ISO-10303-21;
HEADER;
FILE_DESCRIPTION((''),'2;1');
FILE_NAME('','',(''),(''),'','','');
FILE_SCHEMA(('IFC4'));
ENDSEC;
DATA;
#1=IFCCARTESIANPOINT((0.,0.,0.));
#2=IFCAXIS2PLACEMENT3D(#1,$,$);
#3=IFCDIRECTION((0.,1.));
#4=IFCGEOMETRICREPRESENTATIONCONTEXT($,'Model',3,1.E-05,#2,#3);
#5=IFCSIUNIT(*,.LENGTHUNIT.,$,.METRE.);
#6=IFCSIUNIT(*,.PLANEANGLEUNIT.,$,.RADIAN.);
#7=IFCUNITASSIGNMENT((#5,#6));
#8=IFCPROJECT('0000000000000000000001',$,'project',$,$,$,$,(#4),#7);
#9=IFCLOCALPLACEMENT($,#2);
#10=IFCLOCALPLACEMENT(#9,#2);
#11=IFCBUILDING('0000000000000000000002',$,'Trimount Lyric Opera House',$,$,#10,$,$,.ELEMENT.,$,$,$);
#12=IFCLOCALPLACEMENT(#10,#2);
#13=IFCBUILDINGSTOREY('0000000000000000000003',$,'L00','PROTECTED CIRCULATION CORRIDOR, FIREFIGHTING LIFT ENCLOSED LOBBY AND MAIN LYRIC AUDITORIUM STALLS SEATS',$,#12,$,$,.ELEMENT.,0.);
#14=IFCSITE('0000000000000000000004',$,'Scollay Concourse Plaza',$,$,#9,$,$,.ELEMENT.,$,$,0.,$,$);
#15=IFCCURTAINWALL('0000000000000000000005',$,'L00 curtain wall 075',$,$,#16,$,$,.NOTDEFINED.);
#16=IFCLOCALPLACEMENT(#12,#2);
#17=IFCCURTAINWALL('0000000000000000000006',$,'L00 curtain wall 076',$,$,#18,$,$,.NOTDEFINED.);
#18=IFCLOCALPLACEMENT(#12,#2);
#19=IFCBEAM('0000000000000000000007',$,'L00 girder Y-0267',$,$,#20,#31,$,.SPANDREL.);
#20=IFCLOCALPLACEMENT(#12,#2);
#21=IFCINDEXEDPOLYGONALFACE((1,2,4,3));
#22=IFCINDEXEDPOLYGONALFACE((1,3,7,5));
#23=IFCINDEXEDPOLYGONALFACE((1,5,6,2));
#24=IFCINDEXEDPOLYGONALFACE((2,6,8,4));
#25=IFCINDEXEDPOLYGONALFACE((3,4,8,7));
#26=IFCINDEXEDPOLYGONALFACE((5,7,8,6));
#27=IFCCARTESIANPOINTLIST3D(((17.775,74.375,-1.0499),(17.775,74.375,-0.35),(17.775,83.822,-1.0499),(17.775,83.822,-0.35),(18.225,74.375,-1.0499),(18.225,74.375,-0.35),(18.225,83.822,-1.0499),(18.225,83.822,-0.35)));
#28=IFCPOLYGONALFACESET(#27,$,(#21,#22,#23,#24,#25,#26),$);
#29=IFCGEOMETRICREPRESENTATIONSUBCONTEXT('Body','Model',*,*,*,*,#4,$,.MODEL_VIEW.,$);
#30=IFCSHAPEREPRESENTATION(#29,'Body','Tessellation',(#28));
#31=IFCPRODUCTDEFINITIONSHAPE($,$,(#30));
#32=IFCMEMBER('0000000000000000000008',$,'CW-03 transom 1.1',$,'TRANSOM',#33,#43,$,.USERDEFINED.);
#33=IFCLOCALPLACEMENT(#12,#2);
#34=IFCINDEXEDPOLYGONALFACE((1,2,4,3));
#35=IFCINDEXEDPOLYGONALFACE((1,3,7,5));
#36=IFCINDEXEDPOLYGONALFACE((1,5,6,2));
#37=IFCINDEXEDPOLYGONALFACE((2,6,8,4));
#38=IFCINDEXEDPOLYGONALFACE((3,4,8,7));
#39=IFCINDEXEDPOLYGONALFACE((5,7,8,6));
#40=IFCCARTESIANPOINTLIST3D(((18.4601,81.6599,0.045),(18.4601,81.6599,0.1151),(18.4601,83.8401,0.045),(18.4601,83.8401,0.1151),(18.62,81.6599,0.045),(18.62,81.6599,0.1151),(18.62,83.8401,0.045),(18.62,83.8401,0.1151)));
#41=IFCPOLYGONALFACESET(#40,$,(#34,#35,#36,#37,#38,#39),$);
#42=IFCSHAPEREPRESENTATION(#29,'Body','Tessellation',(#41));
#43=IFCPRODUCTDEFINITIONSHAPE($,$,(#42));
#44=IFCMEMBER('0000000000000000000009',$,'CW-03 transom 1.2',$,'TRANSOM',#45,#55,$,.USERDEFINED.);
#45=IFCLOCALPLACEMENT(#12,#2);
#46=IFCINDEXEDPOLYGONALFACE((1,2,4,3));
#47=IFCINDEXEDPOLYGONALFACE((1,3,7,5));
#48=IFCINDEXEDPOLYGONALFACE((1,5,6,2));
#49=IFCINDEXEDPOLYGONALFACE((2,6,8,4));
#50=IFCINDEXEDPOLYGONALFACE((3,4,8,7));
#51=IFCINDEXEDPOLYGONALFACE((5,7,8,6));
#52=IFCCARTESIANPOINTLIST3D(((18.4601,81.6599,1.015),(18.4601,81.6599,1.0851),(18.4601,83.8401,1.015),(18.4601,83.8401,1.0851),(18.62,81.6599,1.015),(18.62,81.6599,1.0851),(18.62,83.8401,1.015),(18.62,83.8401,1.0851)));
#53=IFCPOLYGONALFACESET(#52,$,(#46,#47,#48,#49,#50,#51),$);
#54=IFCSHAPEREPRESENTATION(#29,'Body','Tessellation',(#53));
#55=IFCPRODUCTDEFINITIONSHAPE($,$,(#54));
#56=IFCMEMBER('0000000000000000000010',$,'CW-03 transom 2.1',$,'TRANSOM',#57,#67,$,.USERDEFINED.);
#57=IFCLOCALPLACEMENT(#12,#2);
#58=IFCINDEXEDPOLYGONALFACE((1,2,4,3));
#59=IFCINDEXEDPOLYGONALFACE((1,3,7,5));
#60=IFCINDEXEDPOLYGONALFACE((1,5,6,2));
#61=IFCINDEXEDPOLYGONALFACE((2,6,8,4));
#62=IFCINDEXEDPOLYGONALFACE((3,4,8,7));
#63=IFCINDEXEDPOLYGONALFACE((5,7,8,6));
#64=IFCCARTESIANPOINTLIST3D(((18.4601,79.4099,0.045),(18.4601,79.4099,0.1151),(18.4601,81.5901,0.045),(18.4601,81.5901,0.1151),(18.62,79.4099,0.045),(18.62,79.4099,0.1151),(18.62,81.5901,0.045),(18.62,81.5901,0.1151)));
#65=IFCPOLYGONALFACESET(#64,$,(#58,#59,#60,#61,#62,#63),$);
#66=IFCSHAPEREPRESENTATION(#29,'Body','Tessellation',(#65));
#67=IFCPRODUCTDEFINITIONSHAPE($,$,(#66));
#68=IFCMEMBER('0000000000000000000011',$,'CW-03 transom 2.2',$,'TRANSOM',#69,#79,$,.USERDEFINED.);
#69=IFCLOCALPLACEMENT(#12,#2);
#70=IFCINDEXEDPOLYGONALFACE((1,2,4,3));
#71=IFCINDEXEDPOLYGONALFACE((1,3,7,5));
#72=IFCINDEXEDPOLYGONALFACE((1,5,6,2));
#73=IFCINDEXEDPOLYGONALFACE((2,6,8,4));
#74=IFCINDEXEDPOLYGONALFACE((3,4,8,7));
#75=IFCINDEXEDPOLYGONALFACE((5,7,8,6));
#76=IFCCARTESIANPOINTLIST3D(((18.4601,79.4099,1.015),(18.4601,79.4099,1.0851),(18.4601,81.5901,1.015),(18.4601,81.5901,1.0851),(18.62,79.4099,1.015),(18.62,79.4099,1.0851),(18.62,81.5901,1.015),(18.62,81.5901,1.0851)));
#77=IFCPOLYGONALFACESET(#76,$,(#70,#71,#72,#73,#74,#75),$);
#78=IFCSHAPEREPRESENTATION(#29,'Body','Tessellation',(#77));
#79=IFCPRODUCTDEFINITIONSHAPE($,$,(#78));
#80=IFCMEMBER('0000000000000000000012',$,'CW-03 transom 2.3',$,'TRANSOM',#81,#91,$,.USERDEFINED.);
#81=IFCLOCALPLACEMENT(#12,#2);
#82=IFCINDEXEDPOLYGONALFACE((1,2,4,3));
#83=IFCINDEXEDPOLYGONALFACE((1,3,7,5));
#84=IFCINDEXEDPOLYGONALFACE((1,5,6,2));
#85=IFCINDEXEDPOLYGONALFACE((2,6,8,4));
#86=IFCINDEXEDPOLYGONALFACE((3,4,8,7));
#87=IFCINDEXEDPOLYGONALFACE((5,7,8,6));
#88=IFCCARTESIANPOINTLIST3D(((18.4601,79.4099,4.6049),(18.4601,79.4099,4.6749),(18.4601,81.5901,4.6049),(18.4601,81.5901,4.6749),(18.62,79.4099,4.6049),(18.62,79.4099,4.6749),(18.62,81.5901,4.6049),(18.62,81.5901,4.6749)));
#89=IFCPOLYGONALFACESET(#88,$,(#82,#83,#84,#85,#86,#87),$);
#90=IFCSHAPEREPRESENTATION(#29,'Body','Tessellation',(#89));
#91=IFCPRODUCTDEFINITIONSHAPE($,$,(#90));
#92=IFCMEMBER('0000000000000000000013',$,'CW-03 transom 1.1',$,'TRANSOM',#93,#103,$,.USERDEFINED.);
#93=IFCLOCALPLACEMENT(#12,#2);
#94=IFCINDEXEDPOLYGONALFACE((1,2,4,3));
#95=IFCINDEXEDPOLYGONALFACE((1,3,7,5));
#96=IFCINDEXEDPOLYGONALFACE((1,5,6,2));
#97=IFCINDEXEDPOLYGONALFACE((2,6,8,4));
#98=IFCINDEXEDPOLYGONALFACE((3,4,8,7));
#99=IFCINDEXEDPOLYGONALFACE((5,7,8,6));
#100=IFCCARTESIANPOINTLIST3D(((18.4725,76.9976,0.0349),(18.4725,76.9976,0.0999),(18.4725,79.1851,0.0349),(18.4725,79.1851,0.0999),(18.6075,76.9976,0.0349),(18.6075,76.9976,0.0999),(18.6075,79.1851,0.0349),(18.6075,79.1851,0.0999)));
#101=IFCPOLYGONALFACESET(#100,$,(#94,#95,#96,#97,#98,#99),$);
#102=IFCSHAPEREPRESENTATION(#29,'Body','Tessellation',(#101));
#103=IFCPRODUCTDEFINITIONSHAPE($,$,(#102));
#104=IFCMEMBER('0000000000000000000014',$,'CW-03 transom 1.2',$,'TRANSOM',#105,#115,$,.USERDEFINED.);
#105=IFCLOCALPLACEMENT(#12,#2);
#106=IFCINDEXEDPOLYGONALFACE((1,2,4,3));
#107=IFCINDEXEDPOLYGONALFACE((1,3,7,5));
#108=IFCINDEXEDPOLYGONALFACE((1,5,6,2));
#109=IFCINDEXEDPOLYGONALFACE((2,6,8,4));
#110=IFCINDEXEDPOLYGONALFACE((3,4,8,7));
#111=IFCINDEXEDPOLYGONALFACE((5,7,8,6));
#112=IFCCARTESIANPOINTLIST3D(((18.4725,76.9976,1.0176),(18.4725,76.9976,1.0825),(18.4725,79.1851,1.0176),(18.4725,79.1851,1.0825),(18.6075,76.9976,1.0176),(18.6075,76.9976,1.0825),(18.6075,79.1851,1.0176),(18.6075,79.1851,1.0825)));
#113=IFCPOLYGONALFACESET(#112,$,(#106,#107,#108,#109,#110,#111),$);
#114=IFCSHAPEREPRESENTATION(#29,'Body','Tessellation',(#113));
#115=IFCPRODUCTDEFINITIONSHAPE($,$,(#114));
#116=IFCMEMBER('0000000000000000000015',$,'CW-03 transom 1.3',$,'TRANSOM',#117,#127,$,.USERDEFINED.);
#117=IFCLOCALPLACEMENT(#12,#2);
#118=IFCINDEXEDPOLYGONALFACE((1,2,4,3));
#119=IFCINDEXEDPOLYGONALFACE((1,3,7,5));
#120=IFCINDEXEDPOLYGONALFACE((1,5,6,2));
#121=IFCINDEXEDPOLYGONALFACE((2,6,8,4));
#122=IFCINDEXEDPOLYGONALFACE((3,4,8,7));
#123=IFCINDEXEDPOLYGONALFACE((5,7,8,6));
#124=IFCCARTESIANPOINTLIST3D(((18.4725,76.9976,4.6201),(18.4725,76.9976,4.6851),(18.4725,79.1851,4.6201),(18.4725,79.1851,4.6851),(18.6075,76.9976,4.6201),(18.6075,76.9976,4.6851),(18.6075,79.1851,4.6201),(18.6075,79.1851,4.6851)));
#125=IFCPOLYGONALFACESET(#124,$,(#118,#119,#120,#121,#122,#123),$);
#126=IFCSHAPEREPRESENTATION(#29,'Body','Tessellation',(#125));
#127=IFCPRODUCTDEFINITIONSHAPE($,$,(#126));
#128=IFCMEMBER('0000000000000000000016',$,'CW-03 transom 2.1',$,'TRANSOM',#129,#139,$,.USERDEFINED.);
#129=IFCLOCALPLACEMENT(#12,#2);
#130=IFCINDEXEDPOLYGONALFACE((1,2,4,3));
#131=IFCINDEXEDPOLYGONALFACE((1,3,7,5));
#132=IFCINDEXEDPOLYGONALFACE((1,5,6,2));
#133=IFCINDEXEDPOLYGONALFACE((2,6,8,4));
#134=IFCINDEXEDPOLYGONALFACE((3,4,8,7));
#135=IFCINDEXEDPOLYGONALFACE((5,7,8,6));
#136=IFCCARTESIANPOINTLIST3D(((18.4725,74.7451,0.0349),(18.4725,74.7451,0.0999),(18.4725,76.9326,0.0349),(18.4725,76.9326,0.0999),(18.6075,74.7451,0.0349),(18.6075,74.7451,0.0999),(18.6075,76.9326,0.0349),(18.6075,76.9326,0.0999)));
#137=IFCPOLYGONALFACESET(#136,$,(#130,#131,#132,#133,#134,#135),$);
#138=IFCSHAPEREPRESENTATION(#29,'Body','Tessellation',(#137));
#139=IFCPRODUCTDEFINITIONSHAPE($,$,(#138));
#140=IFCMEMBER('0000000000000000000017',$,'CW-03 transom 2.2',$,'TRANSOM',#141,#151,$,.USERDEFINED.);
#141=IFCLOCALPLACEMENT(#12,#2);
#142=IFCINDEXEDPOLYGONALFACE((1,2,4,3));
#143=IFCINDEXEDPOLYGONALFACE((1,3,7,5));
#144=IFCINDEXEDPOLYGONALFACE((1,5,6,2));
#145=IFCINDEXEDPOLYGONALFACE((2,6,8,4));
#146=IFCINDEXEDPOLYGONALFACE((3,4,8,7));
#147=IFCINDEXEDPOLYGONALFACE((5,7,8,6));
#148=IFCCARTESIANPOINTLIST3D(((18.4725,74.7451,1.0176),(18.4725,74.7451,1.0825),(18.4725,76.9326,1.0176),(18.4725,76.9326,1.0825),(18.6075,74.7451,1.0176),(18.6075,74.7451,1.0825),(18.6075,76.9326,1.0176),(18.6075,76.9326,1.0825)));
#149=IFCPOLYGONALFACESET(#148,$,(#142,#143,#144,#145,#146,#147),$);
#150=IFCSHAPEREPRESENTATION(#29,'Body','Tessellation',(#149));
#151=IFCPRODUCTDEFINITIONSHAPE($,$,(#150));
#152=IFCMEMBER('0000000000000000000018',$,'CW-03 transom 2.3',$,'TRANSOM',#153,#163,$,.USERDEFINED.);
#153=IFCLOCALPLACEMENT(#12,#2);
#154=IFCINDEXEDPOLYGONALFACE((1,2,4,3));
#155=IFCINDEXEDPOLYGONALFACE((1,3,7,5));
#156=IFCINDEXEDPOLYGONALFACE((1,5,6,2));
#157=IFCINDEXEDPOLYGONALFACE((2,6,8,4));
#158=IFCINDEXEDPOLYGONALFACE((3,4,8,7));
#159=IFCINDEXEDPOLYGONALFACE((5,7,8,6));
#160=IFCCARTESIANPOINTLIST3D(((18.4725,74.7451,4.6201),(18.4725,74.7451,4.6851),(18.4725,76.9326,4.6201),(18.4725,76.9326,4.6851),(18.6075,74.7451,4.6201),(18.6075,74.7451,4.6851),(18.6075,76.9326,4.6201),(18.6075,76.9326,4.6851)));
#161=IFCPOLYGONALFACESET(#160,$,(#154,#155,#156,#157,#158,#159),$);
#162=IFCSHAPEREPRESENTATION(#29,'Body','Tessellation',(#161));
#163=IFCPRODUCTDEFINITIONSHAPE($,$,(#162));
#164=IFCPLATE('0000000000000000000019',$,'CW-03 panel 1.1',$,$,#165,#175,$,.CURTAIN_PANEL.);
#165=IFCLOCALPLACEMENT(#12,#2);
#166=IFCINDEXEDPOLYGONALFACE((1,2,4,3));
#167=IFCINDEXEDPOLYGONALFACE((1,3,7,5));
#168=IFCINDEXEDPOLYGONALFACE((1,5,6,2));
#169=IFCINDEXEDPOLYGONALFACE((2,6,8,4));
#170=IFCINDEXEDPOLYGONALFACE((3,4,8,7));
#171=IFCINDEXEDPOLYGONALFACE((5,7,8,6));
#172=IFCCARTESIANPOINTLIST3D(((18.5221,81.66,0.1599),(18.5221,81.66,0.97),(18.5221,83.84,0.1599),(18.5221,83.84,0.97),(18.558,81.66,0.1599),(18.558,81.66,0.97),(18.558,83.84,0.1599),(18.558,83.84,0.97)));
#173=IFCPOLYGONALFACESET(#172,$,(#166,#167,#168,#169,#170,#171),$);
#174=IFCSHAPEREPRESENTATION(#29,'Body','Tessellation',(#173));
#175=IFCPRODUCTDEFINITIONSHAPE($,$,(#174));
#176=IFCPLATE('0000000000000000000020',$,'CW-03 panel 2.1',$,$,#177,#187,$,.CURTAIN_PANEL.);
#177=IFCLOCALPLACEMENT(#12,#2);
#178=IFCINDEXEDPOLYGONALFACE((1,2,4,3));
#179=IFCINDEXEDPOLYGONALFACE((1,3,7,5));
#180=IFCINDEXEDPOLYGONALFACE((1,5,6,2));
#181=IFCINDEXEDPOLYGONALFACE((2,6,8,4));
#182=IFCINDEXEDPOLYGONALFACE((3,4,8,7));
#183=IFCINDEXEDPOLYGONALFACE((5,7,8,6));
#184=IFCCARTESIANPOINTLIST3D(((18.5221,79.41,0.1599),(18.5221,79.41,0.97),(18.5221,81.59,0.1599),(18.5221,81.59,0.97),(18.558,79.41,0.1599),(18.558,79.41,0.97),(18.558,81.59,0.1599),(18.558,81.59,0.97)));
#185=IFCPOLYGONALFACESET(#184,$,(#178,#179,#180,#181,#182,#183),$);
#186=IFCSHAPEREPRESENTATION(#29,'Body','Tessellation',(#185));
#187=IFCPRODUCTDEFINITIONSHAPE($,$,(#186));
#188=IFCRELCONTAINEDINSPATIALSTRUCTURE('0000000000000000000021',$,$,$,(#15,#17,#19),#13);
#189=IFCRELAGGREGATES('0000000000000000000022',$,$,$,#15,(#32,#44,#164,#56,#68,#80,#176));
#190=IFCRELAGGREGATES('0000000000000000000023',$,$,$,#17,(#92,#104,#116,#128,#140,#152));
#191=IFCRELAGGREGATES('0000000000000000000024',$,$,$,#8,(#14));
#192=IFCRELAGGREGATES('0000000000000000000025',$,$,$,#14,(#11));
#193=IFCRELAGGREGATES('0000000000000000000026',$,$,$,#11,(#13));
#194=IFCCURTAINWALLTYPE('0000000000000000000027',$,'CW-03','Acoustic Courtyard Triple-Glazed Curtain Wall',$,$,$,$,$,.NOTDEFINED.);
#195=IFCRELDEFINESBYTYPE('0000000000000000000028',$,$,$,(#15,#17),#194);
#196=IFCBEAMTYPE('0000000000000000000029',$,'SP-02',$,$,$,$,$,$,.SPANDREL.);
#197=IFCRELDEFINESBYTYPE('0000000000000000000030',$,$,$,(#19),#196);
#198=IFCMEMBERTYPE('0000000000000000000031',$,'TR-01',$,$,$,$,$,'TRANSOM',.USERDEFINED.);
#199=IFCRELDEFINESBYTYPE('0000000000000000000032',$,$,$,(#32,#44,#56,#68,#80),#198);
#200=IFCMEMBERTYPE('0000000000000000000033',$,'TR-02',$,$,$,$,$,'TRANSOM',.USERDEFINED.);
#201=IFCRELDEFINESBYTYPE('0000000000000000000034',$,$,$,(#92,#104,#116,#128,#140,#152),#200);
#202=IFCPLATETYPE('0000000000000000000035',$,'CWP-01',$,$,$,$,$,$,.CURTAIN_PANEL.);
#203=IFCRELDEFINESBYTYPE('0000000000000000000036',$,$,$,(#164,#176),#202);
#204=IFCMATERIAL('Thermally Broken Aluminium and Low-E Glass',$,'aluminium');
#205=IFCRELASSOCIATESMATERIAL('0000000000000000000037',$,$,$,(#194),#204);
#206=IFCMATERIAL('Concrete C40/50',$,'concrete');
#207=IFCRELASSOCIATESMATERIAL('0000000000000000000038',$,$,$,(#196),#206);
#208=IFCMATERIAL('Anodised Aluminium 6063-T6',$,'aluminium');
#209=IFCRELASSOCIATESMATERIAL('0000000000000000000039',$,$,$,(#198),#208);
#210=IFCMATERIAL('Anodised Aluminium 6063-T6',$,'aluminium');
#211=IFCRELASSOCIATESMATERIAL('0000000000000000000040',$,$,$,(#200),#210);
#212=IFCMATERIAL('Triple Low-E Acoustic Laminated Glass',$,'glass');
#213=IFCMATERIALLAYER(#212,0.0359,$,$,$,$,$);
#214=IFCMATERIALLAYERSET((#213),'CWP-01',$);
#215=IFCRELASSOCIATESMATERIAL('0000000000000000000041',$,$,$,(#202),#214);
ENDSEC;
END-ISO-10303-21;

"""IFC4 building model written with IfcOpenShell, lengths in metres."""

from ifc_helpers import new_model, si_unit, direction, frame, origin, origin_2d, place, context, subcontext, project, spatial, rectangle, extrude, material, layer, layer_set, material_profile, profile_set, type_object, element, aggregate, save


model = new_model("IFC4")

# Units and contexts
model_context = context("Model", 3, precision=1e-05, world=origin(), true_north=direction((0.0, 1.0)))
body_context = subcontext(model_context, "Body", "Model", "MODEL_VIEW")
ifc_project = project(units=[si_unit("LENGTHUNIT", "METRE"), si_unit("PLANEANGLEUNIT", "RADIAN")], contexts=[model_context])

# Site, building, storey
site_placement = place(None, origin())
site = spatial("IfcSite", under=ifc_project, at=site_placement, Name="Scollay Concourse Plaza", CompositionType="ELEMENT", RefElevation=0.0)
building_placement = place(site_placement, origin())
building = spatial("IfcBuilding", under=site, at=building_placement, Name="Trimount Lyric Opera House", CompositionType="ELEMENT")
storey_placement = place(building_placement, origin())
storey = spatial("IfcBuildingStorey", under=building, at=storey_placement, Name="L00", Description="PROTECTED CIRCULATION CORRIDOR, FIREFIGHTING LIFT ENCLOSED LOBBY AND MAIN LYRIC AUDITORIUM STALLS SEATS", CompositionType="ELEMENT", Elevation=0.0)

# Curtain walls
ifc_material_1 = material(Name="Thermally Broken Aluminium and Low-E Glass", Category="aluminium")
curtain_wall_type = type_object("IfcCurtainWallType", Name="CW-03", Description="Acoustic Courtyard Triple-Glazed Curtain Wall", PredefinedType="NOTDEFINED", material=ifc_material_1)
curtain_wall_1_placement = place(storey_placement, origin())
curtain_wall_1 = element("IfcCurtainWall", 1, at=curtain_wall_1_placement, inside=storey, type_object=curtain_wall_type, Name="L00 curtain wall 075", PredefinedType="NOTDEFINED")
curtain_wall_2_placement = place(storey_placement, origin())
curtain_wall_2 = element("IfcCurtainWall", 2, at=curtain_wall_2_placement, inside=storey, type_object=curtain_wall_type, Name="L00 curtain wall 076", PredefinedType="NOTDEFINED")

# Beam
ifc_material_2 = material(Name="Concrete C40/50", Category="concrete")
ifc_material_profile_1 = material_profile(ifc_material_2, rectangle(XDim=0.45, YDim=0.7, at=origin_2d()), Name="RC450X700")
ifc_profile_set_1 = profile_set([ifc_material_profile_1], Name="Concrete C40/50")
beam_type_1 = type_object("IfcBeamType", Name="SP-02", PredefinedType="SPANDREL", material=ifc_profile_set_1)
beam_1_placement = place(storey_placement, frame((18.0, 74.375, -0.7), z_axis=(0.0, 1.0, 0.0), x_axis=(-1.0, 0.0, 0.0)))
element("IfcBeam", 3, at=beam_1_placement, inside=storey, type_object=beam_type_1, Name="L00 girder Y-0267", PredefinedType="SPANDREL", context=body_context, shape_type="SweptSolid", body=[
    extrude(rectangle(XDim=0.45, YDim=0.7, at=origin_2d()), origin(), (0.0, 0.0, 1.0), 9.447),
])

# Members
ifc_material_3 = material(Name="Anodised Aluminium 6063-T6", Category="aluminium")
ifc_material_profile_2 = material_profile(ifc_material_3, rectangle(XDim=0.1599, YDim=0.0701, at=origin_2d()), Name="ALU-TRAN-70X160")
ifc_profile_set_2 = profile_set([ifc_material_profile_2], Name="Anodised Aluminium 6063-T6")
member_type_1 = type_object("IfcMemberType", Name="TR-01", ElementType="TRANSOM", PredefinedType="USERDEFINED", material=ifc_profile_set_2)
member_1_placement = place(storey_placement, frame((18.54, 83.8401, 0.0801), z_axis=(0.0, -1.0, 0.0), x_axis=(1.0, 0.0, 0.0)))
member_1 = element("IfcMember", 4, at=member_1_placement, type_object=member_type_1, Name="CW-03 transom 1.1", ObjectType="TRANSOM", PredefinedType="USERDEFINED", context=body_context, shape_type="SweptSolid", body=[
    extrude(rectangle(XDim=0.1599, YDim=0.0701, at=origin_2d()), origin(), (0.0, 0.0, 1.0), 2.1802),
])
member_2_placement = place(storey_placement, frame((18.54, 83.8401, 1.05), z_axis=(0.0, -1.0, 0.0), x_axis=(1.0, 0.0, 0.0)))
member_2 = element("IfcMember", 5, at=member_2_placement, type_object=member_type_1, Name="CW-03 transom 1.2", ObjectType="TRANSOM", PredefinedType="USERDEFINED", context=body_context, shape_type="SweptSolid", body=[
    extrude(rectangle(XDim=0.1599, YDim=0.0701, at=origin_2d()), origin(), (0.0, 0.0, 1.0), 2.1802),
])
member_3_placement = place(storey_placement, frame((18.54, 81.5901, 0.0801), z_axis=(0.0, -1.0, 0.0), x_axis=(1.0, 0.0, 0.0)))
member_3 = element("IfcMember", 6, at=member_3_placement, type_object=member_type_1, Name="CW-03 transom 2.1", ObjectType="TRANSOM", PredefinedType="USERDEFINED", context=body_context, shape_type="SweptSolid", body=[
    extrude(rectangle(XDim=0.1599, YDim=0.0701, at=origin_2d()), origin(), (0.0, 0.0, 1.0), 2.1802),
])
member_4_placement = place(storey_placement, frame((18.54, 81.5901, 1.05), z_axis=(0.0, -1.0, 0.0), x_axis=(1.0, 0.0, 0.0)))
member_4 = element("IfcMember", 7, at=member_4_placement, type_object=member_type_1, Name="CW-03 transom 2.2", ObjectType="TRANSOM", PredefinedType="USERDEFINED", context=body_context, shape_type="SweptSolid", body=[
    extrude(rectangle(XDim=0.1599, YDim=0.0701, at=origin_2d()), origin(), (0.0, 0.0, 1.0), 2.1802),
])
member_5_placement = place(storey_placement, frame((18.54, 81.5901, 4.6399), z_axis=(0.0, -1.0, 0.0), x_axis=(1.0, 0.0, 0.0)))
member_5 = element("IfcMember", 8, at=member_5_placement, type_object=member_type_1, Name="CW-03 transom 2.3", ObjectType="TRANSOM", PredefinedType="USERDEFINED", context=body_context, shape_type="SweptSolid", body=[
    extrude(rectangle(XDim=0.1599, YDim=0.0701, at=origin_2d()), origin(), (0.0, 0.0, 1.0), 2.1802),
])
ifc_material_4 = material(Name="Anodised Aluminium 6063-T6", Category="aluminium")
ifc_material_profile_3 = material_profile(ifc_material_4, rectangle(XDim=0.135, YDim=0.0649, at=origin_2d()), Name="ALU-TRAN-65X135")
ifc_profile_set_3 = profile_set([ifc_material_profile_3], Name="Anodised Aluminium 6063-T6")
member_type_2 = type_object("IfcMemberType", Name="TR-02", ElementType="TRANSOM", PredefinedType="USERDEFINED", material=ifc_profile_set_3)
member_6_placement = place(storey_placement, frame((18.54, 79.1851, 0.0674), z_axis=(0.0, -1.0, 0.0), x_axis=(1.0, 0.0, 0.0)))
member_6 = element("IfcMember", 9, at=member_6_placement, type_object=member_type_2, Name="CW-03 transom 1.1", ObjectType="TRANSOM", PredefinedType="USERDEFINED", context=body_context, shape_type="SweptSolid", body=[
    extrude(rectangle(XDim=0.135, YDim=0.0649, at=origin_2d()), origin(), (0.0, 0.0, 1.0), 2.1875),
])
member_7_placement = place(storey_placement, frame((18.54, 79.1851, 1.05), z_axis=(0.0, -1.0, 0.0), x_axis=(1.0, 0.0, 0.0)))
member_7 = element("IfcMember", 10, at=member_7_placement, type_object=member_type_2, Name="CW-03 transom 1.2", ObjectType="TRANSOM", PredefinedType="USERDEFINED", context=body_context, shape_type="SweptSolid", body=[
    extrude(rectangle(XDim=0.135, YDim=0.0649, at=origin_2d()), origin(), (0.0, 0.0, 1.0), 2.1875),
])
member_8_placement = place(storey_placement, frame((18.54, 79.1851, 4.6526), z_axis=(0.0, -1.0, 0.0), x_axis=(1.0, 0.0, 0.0)))
member_8 = element("IfcMember", 11, at=member_8_placement, type_object=member_type_2, Name="CW-03 transom 1.3", ObjectType="TRANSOM", PredefinedType="USERDEFINED", context=body_context, shape_type="SweptSolid", body=[
    extrude(rectangle(XDim=0.135, YDim=0.0649, at=origin_2d()), origin(), (0.0, 0.0, 1.0), 2.1875),
])
member_9_placement = place(storey_placement, frame((18.54, 76.9326, 0.0674), z_axis=(0.0, -1.0, 0.0), x_axis=(1.0, 0.0, 0.0)))
member_9 = element("IfcMember", 12, at=member_9_placement, type_object=member_type_2, Name="CW-03 transom 2.1", ObjectType="TRANSOM", PredefinedType="USERDEFINED", context=body_context, shape_type="SweptSolid", body=[
    extrude(rectangle(XDim=0.135, YDim=0.0649, at=origin_2d()), origin(), (0.0, 0.0, 1.0), 2.1875),
])
member_10_placement = place(storey_placement, frame((18.54, 76.9326, 1.05), z_axis=(0.0, -1.0, 0.0), x_axis=(1.0, 0.0, 0.0)))
member_10 = element("IfcMember", 13, at=member_10_placement, type_object=member_type_2, Name="CW-03 transom 2.2", ObjectType="TRANSOM", PredefinedType="USERDEFINED", context=body_context, shape_type="SweptSolid", body=[
    extrude(rectangle(XDim=0.135, YDim=0.0649, at=origin_2d()), origin(), (0.0, 0.0, 1.0), 2.1875),
])
member_11_placement = place(storey_placement, frame((18.54, 76.9326, 4.6526), z_axis=(0.0, -1.0, 0.0), x_axis=(1.0, 0.0, 0.0)))
member_11 = element("IfcMember", 14, at=member_11_placement, type_object=member_type_2, Name="CW-03 transom 2.3", ObjectType="TRANSOM", PredefinedType="USERDEFINED", context=body_context, shape_type="SweptSolid", body=[
    extrude(rectangle(XDim=0.135, YDim=0.0649, at=origin_2d()), origin(), (0.0, 0.0, 1.0), 2.1875),
])

# Plates
ifc_material_5 = material(Name="Triple Low-E Acoustic Laminated Glass", Category="glass")
ifc_layer_1 = layer(ifc_material_5, 0.0359)
ifc_layer_set_1 = layer_set([ifc_layer_1], Name="CWP-01")
plate_type_1 = type_object("IfcPlateType", Name="CWP-01", PredefinedType="CURTAIN_PANEL", material=ifc_layer_set_1)
plate_1_placement = place(storey_placement, frame((18.54, 82.75, 0.1599), z_axis=(0.0, 0.0, 1.0), x_axis=(0.0, -1.0, 0.0)))
plate_1 = element("IfcPlate", 15, at=plate_1_placement, type_object=plate_type_1, Name="CW-03 panel 1.1", PredefinedType="CURTAIN_PANEL", context=body_context, shape_type="SweptSolid", body=[
    extrude(rectangle(XDim=2.1799, YDim=0.0359, at=origin_2d()), origin(), (0.0, 0.0, 1.0), 0.8101),
])
plate_2_placement = place(storey_placement, frame((18.54, 80.5, 0.1599), z_axis=(0.0, 0.0, 1.0), x_axis=(0.0, -1.0, 0.0)))
plate_2 = element("IfcPlate", 16, at=plate_2_placement, type_object=plate_type_1, Name="CW-03 panel 2.1", PredefinedType="CURTAIN_PANEL", context=body_context, shape_type="SweptSolid", body=[
    extrude(rectangle(XDim=2.1799, YDim=0.0359, at=origin_2d()), origin(), (0.0, 0.0, 1.0), 0.8101),
])
aggregate(curtain_wall_1, [member_1, member_2, plate_1, member_3, member_4, member_5, plate_2])
aggregate(curtain_wall_2, [member_6, member_7, member_8, member_9, member_10, member_11])

save(model, "model.ifc")
